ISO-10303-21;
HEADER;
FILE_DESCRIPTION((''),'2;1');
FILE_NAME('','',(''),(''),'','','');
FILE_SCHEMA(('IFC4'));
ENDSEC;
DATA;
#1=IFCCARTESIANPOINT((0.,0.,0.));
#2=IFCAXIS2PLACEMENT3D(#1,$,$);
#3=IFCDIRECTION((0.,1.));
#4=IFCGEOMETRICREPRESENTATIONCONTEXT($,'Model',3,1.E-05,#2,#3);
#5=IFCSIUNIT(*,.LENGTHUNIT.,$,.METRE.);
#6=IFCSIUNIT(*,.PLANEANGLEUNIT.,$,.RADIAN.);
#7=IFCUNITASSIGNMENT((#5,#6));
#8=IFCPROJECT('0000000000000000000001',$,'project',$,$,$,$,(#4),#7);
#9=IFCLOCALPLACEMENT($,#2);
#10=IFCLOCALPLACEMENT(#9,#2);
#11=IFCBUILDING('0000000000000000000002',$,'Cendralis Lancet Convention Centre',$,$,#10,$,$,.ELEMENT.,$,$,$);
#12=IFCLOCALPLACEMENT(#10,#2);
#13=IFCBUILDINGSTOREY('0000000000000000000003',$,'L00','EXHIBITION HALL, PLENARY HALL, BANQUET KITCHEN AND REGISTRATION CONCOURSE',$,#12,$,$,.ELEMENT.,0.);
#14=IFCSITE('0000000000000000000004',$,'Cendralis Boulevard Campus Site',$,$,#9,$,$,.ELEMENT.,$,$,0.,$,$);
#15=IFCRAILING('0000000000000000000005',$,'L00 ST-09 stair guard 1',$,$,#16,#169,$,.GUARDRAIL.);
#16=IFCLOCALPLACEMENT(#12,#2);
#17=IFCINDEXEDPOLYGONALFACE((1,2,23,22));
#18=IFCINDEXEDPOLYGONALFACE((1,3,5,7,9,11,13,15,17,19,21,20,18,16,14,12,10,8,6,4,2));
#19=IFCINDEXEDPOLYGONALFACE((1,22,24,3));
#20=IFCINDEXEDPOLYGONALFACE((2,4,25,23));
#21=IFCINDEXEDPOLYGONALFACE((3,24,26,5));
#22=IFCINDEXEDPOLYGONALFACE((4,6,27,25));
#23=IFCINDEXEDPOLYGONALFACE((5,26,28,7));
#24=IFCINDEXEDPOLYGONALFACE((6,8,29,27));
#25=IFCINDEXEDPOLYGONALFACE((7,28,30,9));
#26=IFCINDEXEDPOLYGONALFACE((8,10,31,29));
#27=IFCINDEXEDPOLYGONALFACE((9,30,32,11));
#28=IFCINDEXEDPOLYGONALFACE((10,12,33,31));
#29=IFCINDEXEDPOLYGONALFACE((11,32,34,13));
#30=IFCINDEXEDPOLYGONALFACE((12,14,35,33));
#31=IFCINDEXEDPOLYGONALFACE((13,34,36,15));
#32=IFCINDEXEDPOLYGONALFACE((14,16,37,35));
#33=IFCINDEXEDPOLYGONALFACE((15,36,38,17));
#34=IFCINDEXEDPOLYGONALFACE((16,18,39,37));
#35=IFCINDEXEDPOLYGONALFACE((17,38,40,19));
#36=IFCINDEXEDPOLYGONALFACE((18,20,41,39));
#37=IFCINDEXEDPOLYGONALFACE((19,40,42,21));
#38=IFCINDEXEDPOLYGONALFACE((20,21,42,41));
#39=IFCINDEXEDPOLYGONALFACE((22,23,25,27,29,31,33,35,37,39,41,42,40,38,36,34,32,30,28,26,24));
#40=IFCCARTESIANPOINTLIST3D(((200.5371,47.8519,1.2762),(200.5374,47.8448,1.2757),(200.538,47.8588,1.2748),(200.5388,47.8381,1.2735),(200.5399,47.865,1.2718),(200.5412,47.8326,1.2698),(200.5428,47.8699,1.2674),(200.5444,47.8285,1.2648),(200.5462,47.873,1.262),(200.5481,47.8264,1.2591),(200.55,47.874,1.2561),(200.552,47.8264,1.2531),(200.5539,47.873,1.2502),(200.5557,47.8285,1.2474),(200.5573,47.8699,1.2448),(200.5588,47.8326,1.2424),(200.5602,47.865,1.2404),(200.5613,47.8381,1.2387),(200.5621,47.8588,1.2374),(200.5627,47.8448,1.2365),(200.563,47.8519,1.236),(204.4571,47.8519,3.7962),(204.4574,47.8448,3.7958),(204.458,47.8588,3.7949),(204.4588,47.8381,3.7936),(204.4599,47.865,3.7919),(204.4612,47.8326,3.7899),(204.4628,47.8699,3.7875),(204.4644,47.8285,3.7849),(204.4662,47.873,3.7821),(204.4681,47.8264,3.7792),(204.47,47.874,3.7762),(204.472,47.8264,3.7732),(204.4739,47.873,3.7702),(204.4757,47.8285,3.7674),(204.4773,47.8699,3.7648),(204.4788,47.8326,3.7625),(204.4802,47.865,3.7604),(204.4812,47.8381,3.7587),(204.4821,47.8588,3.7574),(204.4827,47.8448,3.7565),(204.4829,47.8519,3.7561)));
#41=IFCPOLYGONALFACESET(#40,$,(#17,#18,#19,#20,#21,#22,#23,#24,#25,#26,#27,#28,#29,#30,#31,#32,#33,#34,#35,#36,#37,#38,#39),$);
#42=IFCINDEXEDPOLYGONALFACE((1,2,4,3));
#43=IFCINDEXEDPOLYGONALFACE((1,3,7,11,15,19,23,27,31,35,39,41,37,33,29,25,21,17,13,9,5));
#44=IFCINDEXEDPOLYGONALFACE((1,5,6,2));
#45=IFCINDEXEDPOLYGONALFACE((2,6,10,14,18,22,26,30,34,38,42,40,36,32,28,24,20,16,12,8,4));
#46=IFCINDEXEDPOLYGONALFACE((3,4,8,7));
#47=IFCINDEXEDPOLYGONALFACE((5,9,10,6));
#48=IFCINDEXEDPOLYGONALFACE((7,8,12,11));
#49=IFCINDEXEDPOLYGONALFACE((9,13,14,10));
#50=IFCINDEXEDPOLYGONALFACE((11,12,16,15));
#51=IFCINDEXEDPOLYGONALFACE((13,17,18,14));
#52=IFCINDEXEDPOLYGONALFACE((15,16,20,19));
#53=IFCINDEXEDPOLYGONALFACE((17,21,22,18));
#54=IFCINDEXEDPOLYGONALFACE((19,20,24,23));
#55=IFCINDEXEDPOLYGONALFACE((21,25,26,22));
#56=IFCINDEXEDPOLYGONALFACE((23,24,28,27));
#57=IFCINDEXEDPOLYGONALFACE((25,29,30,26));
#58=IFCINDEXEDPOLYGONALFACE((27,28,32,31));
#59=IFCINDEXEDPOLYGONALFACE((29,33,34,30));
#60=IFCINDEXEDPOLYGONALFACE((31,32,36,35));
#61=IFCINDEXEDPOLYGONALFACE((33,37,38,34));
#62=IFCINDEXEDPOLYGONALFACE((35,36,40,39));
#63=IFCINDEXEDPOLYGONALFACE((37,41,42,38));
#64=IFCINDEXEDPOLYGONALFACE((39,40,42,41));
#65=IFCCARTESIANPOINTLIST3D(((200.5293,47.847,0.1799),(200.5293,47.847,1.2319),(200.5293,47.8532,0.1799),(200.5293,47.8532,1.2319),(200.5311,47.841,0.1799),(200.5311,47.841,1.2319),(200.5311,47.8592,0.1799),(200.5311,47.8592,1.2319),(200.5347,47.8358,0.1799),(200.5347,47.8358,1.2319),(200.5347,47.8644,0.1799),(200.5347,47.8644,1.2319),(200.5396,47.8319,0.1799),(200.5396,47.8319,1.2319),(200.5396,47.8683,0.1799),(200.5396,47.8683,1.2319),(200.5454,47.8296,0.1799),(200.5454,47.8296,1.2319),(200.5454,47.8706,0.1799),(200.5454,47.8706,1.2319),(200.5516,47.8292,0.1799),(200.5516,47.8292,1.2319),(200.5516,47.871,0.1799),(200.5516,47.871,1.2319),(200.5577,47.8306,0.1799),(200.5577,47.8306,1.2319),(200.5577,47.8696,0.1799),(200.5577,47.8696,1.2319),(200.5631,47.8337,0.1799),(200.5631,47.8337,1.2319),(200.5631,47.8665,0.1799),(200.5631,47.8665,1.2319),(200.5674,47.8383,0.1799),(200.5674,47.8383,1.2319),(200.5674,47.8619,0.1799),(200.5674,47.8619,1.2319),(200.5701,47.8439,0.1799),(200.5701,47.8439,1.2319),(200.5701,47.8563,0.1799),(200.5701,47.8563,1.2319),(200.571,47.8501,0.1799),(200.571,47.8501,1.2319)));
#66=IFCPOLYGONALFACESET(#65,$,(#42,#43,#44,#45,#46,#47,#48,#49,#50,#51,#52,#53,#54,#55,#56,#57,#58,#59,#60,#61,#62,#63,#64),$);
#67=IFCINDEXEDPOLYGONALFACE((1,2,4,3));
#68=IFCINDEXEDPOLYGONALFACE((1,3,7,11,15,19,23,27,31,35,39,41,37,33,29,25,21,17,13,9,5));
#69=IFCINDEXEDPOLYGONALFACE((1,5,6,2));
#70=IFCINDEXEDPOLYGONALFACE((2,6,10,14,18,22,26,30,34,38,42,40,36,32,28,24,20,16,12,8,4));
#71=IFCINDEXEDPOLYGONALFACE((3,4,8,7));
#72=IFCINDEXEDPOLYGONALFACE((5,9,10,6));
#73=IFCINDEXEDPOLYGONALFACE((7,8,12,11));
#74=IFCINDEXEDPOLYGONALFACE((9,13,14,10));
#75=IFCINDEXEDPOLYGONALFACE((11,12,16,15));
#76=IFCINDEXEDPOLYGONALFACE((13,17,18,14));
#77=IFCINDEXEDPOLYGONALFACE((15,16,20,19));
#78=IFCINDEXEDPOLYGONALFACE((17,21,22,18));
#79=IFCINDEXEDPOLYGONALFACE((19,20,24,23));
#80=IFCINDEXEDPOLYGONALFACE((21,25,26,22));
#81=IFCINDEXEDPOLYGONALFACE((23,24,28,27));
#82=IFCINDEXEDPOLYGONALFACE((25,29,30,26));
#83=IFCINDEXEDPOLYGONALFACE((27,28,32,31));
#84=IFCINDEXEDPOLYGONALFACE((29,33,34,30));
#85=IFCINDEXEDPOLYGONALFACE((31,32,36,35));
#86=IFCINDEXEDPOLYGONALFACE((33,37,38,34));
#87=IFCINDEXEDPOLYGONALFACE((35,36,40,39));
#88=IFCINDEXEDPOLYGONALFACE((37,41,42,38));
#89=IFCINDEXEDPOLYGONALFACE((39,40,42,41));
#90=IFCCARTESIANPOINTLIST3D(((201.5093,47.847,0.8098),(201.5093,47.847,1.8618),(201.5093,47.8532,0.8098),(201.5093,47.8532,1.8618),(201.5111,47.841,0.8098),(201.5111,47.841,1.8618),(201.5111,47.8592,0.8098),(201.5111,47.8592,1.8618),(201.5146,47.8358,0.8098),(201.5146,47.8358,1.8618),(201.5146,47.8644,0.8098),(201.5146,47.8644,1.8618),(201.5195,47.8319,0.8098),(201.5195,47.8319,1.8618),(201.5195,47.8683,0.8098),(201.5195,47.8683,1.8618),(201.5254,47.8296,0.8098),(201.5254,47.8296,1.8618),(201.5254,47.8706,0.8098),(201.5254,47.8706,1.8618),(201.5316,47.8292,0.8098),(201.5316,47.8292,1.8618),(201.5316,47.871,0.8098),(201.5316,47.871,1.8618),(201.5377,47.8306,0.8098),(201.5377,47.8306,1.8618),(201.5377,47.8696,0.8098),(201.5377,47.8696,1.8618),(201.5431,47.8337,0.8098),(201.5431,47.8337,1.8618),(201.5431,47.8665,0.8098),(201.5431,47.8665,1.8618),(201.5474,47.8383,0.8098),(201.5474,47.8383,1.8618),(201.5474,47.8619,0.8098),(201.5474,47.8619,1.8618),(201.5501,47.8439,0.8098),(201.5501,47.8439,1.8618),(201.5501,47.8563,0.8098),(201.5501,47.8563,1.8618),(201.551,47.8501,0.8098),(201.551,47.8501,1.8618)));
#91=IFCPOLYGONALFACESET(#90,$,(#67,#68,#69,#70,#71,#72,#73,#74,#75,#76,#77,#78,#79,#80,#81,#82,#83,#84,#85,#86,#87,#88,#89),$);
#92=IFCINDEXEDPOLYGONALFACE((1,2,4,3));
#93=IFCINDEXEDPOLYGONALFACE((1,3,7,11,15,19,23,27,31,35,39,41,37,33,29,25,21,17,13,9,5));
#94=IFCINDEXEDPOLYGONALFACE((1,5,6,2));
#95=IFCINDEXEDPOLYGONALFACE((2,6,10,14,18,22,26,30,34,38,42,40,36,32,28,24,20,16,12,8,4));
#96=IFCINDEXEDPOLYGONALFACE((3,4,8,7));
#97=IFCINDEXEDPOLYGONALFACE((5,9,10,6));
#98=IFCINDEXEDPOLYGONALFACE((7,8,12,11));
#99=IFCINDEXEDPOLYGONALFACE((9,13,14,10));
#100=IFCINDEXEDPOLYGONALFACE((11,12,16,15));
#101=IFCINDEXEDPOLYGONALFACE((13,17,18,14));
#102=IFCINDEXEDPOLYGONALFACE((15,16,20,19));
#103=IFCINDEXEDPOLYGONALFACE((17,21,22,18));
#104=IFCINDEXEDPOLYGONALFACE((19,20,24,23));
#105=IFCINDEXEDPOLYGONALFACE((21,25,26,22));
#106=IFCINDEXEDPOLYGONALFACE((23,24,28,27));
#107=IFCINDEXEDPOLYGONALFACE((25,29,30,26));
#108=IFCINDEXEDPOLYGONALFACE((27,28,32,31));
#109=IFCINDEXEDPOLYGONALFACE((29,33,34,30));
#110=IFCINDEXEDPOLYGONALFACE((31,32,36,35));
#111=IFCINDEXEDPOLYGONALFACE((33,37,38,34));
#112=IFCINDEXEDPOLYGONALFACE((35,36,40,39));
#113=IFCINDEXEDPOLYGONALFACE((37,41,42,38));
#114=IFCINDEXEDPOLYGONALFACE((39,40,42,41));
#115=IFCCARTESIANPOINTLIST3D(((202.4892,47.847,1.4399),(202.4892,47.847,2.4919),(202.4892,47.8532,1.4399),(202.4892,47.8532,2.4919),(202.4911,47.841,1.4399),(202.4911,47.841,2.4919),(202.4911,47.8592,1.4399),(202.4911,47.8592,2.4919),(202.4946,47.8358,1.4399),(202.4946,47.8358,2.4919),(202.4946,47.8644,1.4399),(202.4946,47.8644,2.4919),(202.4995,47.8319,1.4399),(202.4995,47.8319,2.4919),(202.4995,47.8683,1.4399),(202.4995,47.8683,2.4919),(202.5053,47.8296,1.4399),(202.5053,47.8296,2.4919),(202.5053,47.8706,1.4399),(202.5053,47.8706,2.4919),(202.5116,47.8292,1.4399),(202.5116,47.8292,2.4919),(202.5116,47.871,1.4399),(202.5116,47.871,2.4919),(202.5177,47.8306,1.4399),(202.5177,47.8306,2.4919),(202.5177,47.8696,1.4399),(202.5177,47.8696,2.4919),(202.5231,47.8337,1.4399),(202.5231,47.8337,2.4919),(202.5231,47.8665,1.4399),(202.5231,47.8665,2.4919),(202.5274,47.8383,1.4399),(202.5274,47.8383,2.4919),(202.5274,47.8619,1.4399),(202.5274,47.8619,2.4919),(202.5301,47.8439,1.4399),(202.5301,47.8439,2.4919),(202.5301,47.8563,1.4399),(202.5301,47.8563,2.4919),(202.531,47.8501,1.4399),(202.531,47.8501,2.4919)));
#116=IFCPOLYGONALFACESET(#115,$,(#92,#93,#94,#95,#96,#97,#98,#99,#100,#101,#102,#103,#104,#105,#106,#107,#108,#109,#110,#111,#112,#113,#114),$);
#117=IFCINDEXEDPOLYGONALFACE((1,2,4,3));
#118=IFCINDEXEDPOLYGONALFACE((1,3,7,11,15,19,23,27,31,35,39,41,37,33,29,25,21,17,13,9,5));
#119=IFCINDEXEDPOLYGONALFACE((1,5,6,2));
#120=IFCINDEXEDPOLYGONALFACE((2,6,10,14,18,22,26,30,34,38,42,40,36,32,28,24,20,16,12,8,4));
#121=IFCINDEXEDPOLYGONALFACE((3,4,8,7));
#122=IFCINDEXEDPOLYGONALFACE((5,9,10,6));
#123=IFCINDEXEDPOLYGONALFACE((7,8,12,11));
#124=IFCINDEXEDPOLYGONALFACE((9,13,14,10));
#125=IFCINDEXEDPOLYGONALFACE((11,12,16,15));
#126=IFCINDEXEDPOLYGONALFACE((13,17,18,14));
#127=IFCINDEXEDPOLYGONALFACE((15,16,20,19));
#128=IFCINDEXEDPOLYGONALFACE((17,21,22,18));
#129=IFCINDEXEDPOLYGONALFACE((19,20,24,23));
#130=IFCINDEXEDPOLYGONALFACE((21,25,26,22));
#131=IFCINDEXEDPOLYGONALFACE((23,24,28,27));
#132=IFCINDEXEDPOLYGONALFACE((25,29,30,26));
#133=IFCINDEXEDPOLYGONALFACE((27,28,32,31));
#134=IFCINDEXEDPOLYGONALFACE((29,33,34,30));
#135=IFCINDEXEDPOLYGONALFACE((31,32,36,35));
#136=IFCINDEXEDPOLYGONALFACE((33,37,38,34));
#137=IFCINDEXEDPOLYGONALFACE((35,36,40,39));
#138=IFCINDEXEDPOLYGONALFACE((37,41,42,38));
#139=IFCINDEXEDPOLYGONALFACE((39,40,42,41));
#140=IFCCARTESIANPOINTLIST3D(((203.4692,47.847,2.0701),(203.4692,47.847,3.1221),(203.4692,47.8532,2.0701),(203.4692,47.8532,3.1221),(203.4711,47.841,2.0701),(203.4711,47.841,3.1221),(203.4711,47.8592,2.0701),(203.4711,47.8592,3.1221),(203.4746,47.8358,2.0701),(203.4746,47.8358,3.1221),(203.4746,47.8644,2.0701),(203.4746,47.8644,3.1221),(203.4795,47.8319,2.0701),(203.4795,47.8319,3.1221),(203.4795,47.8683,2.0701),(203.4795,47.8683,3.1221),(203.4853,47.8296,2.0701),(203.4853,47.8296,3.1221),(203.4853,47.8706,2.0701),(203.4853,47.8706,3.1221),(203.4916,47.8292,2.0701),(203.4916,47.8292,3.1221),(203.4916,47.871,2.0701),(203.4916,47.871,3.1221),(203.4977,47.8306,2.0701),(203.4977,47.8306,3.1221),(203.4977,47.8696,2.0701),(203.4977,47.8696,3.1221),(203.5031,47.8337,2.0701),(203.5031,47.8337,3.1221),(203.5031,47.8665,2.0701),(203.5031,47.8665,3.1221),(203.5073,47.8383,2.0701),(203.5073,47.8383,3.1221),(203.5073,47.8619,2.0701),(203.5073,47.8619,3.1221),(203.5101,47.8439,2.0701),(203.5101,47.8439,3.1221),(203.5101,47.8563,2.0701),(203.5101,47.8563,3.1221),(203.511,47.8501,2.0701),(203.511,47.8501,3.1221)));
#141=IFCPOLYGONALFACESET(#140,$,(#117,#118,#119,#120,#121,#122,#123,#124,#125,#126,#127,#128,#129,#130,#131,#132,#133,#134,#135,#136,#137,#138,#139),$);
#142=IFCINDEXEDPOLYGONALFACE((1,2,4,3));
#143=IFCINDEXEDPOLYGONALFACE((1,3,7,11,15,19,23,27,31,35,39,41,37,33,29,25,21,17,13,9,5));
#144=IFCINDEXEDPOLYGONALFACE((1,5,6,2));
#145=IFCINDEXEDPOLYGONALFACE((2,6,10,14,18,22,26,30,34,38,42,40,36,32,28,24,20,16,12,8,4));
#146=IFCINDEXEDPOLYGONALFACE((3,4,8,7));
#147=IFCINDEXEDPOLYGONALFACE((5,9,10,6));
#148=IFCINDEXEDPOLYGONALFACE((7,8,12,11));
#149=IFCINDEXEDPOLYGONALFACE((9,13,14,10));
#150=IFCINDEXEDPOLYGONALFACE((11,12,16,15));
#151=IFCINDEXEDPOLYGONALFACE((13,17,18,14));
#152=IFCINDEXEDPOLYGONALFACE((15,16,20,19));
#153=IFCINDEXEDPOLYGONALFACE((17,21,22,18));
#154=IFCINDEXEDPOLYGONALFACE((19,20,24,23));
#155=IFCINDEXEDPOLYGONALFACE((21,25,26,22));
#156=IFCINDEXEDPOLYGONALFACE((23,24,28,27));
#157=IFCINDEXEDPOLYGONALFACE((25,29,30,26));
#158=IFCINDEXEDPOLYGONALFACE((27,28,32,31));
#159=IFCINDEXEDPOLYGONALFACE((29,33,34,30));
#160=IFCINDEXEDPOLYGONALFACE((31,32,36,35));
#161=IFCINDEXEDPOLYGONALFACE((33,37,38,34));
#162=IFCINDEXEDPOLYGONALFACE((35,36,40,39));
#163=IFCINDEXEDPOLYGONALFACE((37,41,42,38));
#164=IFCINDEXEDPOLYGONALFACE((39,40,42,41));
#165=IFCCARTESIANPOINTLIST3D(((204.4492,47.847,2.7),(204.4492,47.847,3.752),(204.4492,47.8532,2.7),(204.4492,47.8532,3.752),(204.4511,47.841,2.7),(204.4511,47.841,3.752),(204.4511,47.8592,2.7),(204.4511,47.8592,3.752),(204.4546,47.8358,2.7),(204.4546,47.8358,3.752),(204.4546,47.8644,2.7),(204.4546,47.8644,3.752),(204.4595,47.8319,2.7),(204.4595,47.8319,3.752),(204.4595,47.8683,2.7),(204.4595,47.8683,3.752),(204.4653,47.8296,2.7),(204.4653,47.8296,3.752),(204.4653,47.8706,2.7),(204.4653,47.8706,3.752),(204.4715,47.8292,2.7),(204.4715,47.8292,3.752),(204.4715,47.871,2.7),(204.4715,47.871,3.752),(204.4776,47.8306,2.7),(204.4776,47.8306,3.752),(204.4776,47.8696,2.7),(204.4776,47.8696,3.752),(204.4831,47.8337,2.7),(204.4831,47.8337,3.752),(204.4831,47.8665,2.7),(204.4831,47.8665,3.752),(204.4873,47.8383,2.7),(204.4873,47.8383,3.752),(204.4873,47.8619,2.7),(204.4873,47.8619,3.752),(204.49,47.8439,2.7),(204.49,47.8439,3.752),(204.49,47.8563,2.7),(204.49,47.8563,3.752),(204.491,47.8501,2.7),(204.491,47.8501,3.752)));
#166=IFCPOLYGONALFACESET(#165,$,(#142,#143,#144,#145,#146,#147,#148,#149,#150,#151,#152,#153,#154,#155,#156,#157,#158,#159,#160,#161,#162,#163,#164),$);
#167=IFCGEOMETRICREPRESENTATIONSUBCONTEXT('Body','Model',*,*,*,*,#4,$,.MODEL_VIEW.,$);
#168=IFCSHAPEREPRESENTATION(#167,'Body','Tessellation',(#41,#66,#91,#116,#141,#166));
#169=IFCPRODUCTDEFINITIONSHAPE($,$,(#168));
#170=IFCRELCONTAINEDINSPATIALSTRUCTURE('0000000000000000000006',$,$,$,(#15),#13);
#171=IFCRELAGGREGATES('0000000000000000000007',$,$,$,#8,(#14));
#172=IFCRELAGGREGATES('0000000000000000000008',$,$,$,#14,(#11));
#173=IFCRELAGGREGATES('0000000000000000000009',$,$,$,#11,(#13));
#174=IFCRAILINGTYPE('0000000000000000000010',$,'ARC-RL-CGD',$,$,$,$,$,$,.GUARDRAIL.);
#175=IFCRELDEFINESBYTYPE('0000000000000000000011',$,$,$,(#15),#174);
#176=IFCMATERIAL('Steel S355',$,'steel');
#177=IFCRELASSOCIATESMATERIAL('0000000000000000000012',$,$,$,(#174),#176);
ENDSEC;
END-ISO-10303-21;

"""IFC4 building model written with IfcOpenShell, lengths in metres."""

from ifc_helpers import new_model, si_unit, direction, frame, origin, origin_2d, place, context, subcontext, project, spatial, circle, extrude, material, type_object, element, save


model = new_model("IFC4")

# Units and contexts
model_context = context("Model", 3, precision=1e-05, world=origin(), true_north=direction((0.0, 1.0)))
body_context = subcontext(model_context, "Body", "Model", "MODEL_VIEW")
ifc_project = project(units=[si_unit("LENGTHUNIT", "METRE"), si_unit("PLANEANGLEUNIT", "RADIAN")], contexts=[model_context])

# Site, building, storey
site_placement = place(None, origin())
site = spatial("IfcSite", under=ifc_project, at=site_placement, Name="Cendralis Boulevard Campus Site", CompositionType="ELEMENT", RefElevation=0.0)
building_placement = place(site_placement, origin())
building = spatial("IfcBuilding", under=site, at=building_placement, Name="Cendralis Lancet Convention Centre", CompositionType="ELEMENT")
storey_placement = place(building_placement, origin())
storey = spatial("IfcBuildingStorey", under=building, at=storey_placement, Name="L00", Description="EXHIBITION HALL, PLENARY HALL, BANQUET KITCHEN AND REGISTRATION CONCOURSE", CompositionType="ELEMENT", Elevation=0.0)

# Shared definitions
ifc_material_1 = material(Name="Steel S355", Category="steel")

# Railing
railing_type_1 = type_object("IfcRailingType", Name="ARC-RL-CGD", PredefinedType="GUARDRAIL", material=ifc_material_1)
railing_1_placement = place(storey_placement, frame((200.55, 47.8501, 0.1799)))
element("IfcRailing", 1, at=railing_1_placement, inside=storey, type_object=railing_type_1, Name="L00 ST-09 stair guard 1", PredefinedType="GUARDRAIL", context=body_context, shape_type="SweptSolid", body=[
    extrude(circle(Radius=0.0239, at=origin_2d()), frame((0.0, 0.0, 1.0762), z_axis=(0.841172, 0.0, 0.540768), x_axis=(0.0, 1.0, 0.0)), (0.0, 0.0, 1.0), 4.6602),
    extrude(circle(Radius=0.021, at=origin_2d()), origin(), (0.0, 0.0, 1.0), 1.052),
    extrude(circle(Radius=0.021, at=origin_2d()), frame((0.98, 0.0, 0.6299)), (0.0, 0.0, 1.0), 1.052),
    extrude(circle(Radius=0.021, at=origin_2d()), frame((1.96, 0.0, 1.26)), (0.0, 0.0, 1.0), 1.052),
    extrude(circle(Radius=0.021, at=origin_2d()), frame((2.9399, 0.0, 1.8901)), (0.0, 0.0, 1.0), 1.052),
    extrude(circle(Radius=0.021, at=origin_2d()), frame((3.9199, 0.0, 2.52)), (0.0, 0.0, 1.0), 1.052),
])

save(model, "model.ifc")
